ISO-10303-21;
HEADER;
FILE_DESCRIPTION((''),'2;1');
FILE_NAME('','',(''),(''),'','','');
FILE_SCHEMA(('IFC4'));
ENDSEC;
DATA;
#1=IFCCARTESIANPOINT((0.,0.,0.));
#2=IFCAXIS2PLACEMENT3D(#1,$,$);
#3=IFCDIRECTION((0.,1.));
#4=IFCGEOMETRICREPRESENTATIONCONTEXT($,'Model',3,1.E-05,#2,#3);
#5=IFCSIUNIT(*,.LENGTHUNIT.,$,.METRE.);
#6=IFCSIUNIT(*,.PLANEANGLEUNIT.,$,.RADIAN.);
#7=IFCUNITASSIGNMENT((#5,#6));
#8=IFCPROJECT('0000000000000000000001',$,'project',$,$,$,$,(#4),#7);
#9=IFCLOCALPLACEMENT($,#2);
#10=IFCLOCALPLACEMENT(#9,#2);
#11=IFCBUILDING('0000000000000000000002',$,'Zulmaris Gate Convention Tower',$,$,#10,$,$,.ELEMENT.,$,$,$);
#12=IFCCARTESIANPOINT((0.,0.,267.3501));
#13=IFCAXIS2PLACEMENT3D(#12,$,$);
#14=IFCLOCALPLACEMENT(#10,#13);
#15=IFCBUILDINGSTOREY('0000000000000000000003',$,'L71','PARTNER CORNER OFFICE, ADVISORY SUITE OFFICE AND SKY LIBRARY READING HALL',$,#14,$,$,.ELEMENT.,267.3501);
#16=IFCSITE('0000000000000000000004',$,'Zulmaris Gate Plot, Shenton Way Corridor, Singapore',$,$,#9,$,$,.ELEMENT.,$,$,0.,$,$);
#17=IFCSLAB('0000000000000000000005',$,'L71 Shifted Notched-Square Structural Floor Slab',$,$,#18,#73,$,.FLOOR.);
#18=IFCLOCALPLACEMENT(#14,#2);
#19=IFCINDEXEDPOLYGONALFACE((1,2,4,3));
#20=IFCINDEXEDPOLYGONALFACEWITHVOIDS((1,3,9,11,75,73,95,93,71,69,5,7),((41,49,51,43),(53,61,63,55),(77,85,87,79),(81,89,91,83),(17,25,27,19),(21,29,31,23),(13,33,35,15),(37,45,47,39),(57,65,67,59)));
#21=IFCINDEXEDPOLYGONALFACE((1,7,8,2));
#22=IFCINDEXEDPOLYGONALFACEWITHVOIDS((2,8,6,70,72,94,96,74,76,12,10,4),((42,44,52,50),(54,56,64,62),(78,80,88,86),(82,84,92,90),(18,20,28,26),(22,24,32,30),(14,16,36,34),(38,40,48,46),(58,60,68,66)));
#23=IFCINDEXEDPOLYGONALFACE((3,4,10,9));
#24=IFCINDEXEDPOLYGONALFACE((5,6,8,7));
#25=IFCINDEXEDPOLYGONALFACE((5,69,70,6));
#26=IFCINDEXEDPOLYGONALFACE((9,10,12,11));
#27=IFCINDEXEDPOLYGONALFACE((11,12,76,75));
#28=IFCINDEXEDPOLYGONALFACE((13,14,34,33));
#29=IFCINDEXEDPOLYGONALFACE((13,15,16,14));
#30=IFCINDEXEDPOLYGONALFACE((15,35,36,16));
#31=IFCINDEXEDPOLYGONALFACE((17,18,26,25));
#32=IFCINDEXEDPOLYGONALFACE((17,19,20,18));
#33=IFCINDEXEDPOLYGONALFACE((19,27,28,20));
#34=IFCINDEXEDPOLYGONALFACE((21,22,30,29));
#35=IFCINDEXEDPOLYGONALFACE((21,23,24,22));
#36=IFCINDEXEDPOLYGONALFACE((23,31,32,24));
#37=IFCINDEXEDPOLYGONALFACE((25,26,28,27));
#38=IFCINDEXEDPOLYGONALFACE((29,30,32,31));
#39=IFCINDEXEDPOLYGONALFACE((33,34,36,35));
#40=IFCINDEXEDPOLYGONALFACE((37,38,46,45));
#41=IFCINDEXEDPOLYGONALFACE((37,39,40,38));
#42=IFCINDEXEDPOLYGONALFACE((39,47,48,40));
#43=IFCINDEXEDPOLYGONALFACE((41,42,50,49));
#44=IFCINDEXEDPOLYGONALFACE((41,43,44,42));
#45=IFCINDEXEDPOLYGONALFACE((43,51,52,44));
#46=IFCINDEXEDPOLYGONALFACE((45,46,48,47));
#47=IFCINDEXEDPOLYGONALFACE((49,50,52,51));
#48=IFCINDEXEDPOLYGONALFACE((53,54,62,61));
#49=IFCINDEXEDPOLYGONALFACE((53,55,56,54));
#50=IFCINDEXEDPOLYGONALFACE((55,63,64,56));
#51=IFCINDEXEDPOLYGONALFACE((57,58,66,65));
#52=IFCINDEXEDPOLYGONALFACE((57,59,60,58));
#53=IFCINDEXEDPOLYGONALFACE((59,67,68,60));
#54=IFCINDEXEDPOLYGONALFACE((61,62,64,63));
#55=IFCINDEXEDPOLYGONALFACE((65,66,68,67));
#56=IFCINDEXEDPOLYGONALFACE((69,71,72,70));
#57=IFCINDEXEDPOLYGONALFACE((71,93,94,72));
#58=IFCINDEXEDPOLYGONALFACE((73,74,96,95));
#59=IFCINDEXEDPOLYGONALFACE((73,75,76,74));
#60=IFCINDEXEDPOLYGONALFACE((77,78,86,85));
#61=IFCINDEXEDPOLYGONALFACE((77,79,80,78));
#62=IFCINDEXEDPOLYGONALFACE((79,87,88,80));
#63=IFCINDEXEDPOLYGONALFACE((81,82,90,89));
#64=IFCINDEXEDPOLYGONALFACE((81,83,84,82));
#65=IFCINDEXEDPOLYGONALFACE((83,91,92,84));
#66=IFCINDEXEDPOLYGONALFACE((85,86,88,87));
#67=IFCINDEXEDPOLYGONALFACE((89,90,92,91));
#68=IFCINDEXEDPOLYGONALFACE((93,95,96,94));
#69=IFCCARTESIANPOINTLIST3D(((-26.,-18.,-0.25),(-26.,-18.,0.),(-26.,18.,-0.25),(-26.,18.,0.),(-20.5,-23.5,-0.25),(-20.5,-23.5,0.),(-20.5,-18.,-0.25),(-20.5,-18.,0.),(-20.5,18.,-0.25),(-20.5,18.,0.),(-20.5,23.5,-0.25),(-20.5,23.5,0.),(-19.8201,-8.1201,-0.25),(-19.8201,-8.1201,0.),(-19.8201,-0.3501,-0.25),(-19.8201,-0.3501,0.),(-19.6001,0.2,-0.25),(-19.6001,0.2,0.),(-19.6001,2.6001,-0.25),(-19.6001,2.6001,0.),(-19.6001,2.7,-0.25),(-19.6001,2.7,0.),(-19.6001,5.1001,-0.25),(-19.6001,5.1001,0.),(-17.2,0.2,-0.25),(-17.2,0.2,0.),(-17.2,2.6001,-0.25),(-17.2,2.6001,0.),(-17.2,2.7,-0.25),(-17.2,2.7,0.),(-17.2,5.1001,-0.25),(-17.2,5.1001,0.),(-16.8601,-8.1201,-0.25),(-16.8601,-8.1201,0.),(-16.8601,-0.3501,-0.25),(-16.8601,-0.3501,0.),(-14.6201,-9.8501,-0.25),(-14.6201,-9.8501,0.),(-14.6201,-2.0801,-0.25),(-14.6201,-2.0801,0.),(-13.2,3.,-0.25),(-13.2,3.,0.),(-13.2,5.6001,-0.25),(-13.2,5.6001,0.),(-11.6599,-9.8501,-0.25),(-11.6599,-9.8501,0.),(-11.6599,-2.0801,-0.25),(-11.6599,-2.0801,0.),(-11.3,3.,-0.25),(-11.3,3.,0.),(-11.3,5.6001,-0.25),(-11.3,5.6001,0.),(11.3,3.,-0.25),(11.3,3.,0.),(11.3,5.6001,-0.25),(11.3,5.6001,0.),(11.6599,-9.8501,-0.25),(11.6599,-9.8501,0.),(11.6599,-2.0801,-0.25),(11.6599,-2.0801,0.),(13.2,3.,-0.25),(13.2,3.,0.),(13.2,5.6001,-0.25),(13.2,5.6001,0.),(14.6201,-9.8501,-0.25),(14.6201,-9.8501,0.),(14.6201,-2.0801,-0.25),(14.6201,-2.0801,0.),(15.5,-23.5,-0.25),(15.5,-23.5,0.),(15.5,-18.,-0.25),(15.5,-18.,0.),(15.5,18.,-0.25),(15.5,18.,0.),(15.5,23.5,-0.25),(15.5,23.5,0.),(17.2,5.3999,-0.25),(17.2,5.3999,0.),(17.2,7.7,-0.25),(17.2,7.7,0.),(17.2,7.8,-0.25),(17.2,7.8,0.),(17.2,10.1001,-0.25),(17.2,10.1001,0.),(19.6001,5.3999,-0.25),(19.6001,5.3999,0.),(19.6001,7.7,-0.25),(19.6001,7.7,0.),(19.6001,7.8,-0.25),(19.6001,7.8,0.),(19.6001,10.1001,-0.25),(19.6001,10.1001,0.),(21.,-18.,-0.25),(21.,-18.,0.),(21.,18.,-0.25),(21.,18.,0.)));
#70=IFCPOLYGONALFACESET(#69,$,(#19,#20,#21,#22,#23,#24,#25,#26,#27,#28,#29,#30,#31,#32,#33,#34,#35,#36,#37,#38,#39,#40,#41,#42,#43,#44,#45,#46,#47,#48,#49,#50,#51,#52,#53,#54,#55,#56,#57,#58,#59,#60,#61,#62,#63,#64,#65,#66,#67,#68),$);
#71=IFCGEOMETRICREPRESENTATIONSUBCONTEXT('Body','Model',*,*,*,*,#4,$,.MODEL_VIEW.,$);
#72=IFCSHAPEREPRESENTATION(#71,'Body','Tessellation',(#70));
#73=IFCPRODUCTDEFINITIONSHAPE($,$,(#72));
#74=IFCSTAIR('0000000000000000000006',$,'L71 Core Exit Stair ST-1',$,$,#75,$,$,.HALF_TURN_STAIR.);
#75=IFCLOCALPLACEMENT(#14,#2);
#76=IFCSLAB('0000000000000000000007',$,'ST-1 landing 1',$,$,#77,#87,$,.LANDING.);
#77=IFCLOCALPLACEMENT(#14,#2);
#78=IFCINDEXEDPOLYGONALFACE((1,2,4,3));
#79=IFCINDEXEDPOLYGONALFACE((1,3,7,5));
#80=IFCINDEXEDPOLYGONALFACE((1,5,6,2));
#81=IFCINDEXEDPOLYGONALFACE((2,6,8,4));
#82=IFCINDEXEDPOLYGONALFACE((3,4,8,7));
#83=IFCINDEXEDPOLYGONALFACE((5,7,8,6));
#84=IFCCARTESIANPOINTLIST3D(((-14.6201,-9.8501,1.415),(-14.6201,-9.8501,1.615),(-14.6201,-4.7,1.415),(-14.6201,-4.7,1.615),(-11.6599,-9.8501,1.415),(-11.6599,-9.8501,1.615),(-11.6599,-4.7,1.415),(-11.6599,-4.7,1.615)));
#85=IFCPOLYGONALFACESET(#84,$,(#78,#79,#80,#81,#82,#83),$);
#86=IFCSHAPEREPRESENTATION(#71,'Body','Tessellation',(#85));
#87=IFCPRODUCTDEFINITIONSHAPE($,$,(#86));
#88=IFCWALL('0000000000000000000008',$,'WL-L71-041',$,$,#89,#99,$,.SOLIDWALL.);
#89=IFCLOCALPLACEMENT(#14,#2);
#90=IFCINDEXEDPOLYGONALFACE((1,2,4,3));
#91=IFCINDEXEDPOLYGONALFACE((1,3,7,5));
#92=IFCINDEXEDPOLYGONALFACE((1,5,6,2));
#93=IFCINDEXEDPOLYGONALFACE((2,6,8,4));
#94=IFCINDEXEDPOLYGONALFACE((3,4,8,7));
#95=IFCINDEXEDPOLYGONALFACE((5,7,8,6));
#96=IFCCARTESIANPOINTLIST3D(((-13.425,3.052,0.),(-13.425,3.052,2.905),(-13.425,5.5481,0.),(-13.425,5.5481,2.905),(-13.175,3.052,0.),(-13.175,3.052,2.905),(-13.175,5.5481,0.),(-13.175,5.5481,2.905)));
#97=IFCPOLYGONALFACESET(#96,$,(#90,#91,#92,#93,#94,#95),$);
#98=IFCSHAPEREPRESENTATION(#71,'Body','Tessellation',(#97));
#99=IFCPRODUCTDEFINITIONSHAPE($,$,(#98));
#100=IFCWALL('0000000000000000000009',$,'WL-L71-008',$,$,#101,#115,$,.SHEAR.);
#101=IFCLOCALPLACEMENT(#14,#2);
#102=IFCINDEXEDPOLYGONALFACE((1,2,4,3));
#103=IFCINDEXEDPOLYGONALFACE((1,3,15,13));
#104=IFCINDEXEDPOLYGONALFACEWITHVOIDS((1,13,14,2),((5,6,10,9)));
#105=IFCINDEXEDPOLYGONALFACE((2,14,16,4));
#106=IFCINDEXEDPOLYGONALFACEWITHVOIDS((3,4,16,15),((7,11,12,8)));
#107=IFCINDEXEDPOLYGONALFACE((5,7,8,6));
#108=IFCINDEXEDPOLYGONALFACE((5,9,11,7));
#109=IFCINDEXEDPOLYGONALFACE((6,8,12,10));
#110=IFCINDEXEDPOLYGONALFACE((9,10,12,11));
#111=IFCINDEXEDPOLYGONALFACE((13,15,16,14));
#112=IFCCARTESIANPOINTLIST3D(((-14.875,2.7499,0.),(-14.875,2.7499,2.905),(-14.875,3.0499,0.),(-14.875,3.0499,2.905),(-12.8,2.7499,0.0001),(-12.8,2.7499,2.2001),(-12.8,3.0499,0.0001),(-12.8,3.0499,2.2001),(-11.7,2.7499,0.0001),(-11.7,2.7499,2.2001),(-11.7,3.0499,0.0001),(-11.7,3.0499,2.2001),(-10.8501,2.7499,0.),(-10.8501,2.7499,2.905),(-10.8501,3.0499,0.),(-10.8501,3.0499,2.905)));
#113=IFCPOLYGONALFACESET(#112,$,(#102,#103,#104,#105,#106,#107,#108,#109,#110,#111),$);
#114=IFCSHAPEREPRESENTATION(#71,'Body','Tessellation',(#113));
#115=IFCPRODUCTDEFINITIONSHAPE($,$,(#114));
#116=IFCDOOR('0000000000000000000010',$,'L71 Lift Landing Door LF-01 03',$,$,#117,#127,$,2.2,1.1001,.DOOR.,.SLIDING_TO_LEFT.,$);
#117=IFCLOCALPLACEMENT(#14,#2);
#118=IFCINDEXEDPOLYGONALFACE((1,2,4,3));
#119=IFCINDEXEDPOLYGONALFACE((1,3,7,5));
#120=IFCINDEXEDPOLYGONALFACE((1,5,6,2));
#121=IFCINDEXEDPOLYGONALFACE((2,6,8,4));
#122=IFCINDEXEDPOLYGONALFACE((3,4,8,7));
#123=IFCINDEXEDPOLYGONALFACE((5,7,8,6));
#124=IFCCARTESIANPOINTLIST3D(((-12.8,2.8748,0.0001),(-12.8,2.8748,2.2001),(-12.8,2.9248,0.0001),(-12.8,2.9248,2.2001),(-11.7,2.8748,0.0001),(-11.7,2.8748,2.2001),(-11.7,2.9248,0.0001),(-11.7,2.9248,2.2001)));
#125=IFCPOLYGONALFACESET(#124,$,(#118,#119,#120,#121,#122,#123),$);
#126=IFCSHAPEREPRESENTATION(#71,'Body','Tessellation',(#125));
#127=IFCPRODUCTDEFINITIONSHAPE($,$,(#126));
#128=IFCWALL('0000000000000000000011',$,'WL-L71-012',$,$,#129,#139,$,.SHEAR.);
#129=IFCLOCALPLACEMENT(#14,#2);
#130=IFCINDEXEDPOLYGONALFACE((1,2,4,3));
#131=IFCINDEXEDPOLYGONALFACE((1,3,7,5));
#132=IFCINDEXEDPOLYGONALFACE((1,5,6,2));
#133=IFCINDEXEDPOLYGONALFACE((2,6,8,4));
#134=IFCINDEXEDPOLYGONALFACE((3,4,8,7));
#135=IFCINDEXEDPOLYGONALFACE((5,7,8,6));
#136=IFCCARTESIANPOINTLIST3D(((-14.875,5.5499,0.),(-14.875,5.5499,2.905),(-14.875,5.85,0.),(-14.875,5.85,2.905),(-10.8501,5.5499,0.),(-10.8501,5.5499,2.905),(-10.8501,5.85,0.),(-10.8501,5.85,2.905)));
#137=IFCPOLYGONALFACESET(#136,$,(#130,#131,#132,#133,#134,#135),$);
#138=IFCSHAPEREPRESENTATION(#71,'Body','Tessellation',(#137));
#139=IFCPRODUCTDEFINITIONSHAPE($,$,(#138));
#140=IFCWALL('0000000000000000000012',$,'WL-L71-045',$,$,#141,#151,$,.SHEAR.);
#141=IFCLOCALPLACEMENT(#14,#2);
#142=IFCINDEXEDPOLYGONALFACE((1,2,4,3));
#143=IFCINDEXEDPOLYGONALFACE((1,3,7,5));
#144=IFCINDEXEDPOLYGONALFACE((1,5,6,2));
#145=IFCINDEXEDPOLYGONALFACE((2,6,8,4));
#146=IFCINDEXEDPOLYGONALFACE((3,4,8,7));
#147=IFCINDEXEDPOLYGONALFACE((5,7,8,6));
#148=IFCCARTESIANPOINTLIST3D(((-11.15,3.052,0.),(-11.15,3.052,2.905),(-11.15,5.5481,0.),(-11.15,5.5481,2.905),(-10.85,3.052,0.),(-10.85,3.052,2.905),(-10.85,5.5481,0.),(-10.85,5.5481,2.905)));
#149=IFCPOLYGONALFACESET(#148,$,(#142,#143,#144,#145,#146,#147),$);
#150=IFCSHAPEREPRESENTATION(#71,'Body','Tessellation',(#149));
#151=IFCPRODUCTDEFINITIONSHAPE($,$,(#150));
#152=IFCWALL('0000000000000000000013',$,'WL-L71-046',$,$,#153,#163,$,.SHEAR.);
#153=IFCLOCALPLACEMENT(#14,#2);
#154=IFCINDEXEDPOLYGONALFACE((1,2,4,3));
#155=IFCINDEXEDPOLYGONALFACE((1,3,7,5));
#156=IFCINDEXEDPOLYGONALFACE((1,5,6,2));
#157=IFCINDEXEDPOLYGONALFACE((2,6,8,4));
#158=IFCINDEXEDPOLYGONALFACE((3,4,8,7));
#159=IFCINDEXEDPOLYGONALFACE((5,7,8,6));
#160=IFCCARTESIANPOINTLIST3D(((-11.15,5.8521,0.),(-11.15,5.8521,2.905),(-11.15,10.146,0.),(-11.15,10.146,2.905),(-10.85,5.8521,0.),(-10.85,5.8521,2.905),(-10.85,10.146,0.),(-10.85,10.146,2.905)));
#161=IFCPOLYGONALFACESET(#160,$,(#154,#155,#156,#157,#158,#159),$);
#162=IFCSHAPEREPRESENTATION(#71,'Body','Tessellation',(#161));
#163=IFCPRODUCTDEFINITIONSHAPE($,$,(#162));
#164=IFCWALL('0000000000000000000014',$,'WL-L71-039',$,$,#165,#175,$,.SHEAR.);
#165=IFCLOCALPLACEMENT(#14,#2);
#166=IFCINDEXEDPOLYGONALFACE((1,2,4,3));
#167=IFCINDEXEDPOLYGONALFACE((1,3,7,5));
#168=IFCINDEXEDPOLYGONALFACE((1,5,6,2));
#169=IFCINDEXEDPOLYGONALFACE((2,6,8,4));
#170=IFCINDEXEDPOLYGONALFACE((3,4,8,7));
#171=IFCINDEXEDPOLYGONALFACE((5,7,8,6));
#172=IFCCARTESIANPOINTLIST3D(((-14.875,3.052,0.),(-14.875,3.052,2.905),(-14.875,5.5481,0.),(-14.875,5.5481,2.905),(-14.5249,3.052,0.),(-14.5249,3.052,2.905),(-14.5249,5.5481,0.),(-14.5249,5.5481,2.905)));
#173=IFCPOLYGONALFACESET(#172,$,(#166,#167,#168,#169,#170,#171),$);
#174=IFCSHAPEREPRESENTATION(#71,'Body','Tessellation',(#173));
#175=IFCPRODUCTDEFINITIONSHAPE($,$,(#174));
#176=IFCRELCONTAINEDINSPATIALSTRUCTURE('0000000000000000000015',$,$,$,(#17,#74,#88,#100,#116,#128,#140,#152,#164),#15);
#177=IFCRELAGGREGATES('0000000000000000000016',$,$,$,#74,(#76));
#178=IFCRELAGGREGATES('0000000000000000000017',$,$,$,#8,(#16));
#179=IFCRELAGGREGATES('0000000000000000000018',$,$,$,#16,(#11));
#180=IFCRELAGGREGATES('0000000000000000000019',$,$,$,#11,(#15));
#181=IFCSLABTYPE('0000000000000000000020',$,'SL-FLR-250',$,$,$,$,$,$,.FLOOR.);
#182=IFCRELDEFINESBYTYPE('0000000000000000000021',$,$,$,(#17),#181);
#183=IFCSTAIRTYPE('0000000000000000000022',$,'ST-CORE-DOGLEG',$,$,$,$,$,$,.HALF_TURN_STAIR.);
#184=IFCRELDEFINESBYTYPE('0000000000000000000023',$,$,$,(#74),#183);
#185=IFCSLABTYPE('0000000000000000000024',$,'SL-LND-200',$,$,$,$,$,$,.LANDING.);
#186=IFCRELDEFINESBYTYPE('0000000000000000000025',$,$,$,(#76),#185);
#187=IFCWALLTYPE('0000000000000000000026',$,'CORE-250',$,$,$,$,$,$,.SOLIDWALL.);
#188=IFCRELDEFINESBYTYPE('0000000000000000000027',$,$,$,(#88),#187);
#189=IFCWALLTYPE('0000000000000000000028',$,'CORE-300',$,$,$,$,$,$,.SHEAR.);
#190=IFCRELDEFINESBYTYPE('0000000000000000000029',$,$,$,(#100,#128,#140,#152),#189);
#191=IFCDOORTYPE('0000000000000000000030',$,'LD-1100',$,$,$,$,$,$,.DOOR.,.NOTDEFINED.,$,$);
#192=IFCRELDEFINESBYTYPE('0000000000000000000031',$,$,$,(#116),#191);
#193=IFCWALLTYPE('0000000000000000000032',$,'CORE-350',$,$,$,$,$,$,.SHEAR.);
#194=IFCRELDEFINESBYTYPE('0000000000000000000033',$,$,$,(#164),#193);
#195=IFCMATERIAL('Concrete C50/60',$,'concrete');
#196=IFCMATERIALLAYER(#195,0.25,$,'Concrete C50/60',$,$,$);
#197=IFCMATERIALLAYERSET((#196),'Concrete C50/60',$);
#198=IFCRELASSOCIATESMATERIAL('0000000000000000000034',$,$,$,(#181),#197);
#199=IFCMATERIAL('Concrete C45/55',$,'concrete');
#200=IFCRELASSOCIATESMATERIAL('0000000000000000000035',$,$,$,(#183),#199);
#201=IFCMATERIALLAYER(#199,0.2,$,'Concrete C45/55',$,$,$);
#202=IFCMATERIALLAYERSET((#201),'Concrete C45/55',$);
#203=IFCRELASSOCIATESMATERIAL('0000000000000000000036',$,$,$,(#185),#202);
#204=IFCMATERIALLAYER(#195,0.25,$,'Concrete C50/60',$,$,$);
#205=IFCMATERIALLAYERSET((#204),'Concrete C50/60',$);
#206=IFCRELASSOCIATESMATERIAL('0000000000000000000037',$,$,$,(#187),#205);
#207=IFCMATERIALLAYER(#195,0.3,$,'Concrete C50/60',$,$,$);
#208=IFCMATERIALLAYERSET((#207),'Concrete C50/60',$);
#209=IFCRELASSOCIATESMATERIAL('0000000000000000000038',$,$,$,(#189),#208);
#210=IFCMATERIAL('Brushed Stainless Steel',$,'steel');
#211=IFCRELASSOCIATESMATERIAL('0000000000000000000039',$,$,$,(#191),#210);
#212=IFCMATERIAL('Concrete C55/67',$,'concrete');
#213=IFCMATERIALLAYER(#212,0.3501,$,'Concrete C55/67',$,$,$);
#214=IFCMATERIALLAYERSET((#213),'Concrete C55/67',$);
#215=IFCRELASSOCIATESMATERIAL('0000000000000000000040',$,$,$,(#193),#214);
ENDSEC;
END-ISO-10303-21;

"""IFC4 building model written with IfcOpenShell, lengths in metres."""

from ifc_helpers import new_model, si_unit, direction, frame, frame_2d, origin, place, context, subcontext, project, spatial, polyline, rectangle, outline, extrude, material, layer, layer_set, type_object, element, fill, aggregate, save


model = new_model("IFC4")

# Units and contexts
model_context = context("Model", 3, precision=1e-05, world=origin(), true_north=direction((0.0, 1.0)))
body_context = subcontext(model_context, "Body", "Model", "MODEL_VIEW")
ifc_project = project(units=[si_unit("LENGTHUNIT", "METRE"), si_unit("PLANEANGLEUNIT", "RADIAN")], contexts=[model_context])

# Site, building, storey
site_placement = place(None, origin())
site = spatial("IfcSite", under=ifc_project, at=site_placement, Name="Zulmaris Gate Plot, Shenton Way Corridor, Singapore", CompositionType="ELEMENT", RefElevation=0.0)
building_placement = place(site_placement, origin())
building = spatial("IfcBuilding", under=site, at=building_placement, Name="Zulmaris Gate Convention Tower", CompositionType="ELEMENT")
storey_placement = place(building_placement, frame((0.0, 0.0, 267.3501)))
storey = spatial("IfcBuildingStorey", under=building, at=storey_placement, Name="L71", Description="PARTNER CORNER OFFICE, ADVISORY SUITE OFFICE AND SKY LIBRARY READING HALL", CompositionType="ELEMENT", Elevation=267.3501)

# Shared definitions
ifc_material_1 = material(Name="Concrete C50/60", Category="concrete")

# Slab
ifc_layer_1 = layer(ifc_material_1, 0.25, Name="Concrete C50/60")
ifc_layer_set_1 = layer_set([ifc_layer_1], Name="Concrete C50/60")
slab_type_1 = type_object("IfcSlabType", Name="SL-FLR-250", PredefinedType="FLOOR", material=ifc_layer_set_1)
slab_1_placement = place(storey_placement, frame((0.0, 0.0, -0.25)))
element("IfcSlab", 1, at=slab_1_placement, inside=storey, type_object=slab_type_1, Name="L71 Shifted Notched-Square Structural Floor Slab", PredefinedType="FLOOR", context=body_context, shape_type="SweptSolid", body=[
    extrude(outline(polyline([(-20.5, -23.5), (15.5, -23.5), (15.5, -18.0), (21.0, -18.0), (21.0, 18.0), (15.5, 18.0), (15.5, 23.5), (-20.5, 23.5), (-20.5, 18.0), (-26.0, 18.0), (-26.0, -18.0), (-20.5, -18.0), (-20.5, -23.5)]), holes=[polyline([(-14.6201, -2.0801), (-14.6201, -9.8501), (-11.6599, -9.8501), (-11.6599, -2.0801), (-14.6201, -2.0801)]), polyline([(11.6599, -2.0801), (11.6599, -9.8501), (14.6201, -9.8501), (14.6201, -2.0801), (11.6599, -2.0801)]), polyline([(-16.8601, -8.1201), (-16.8601, -0.3501), (-19.8201, -0.3501), (-19.8201, -8.1201), (-16.8601, -8.1201)]), polyline([(-13.2, 3.0), (-11.3, 3.0), (-11.3, 5.6001), (-13.2, 5.6001), (-13.2, 3.0)]), polyline([(11.3, 3.0), (13.2, 3.0), (13.2, 5.6001), (11.3, 5.6001), (11.3, 3.0)]), polyline([(17.2, 5.3999), (19.6001, 5.3999), (19.6001, 7.7), (17.2, 7.7), (17.2, 5.3999)]), polyline([(17.2, 7.8), (19.6001, 7.8), (19.6001, 10.1001), (17.2, 10.1001), (17.2, 7.8)]), polyline([(-19.6001, 0.2), (-17.2, 0.2), (-17.2, 2.6001), (-19.6001, 2.6001), (-19.6001, 0.2)]), polyline([(-19.6001, 2.7), (-17.2, 2.7), (-17.2, 5.1001), (-19.6001, 5.1001), (-19.6001, 2.7)])]), origin(), (0.0, 0.0, 1.0), 0.25),
])

# Stair, slab
ifc_material_2 = material(Name="Concrete C45/55", Category="concrete")
stair_type = type_object("IfcStairType", Name="ST-CORE-DOGLEG", PredefinedType="HALF_TURN_STAIR", material=ifc_material_2)
stair_placement = place(storey_placement, origin())
stair = element("IfcStair", 2, at=stair_placement, inside=storey, type_object=stair_type, Name="L71 Core Exit Stair ST-1", PredefinedType="HALF_TURN_STAIR")
ifc_layer_2 = layer(ifc_material_2, 0.2, Name="Concrete C45/55")
ifc_layer_set_2 = layer_set([ifc_layer_2], Name="Concrete C45/55")
slab_type_2 = type_object("IfcSlabType", Name="SL-LND-200", PredefinedType="LANDING", material=ifc_layer_set_2)
slab_2_placement = place(storey_placement, frame((0.0, 0.0, 1.415)))
slab_2 = element("IfcSlab", 3, at=slab_2_placement, type_object=slab_type_2, Name="ST-1 landing 1", PredefinedType="LANDING", context=body_context, shape_type="SweptSolid", body=[
    extrude(outline(polyline([(-14.6201, -4.7), (-14.6201, -9.8501), (-11.6599, -9.8501), (-11.6599, -4.7), (-14.6201, -4.7)])), origin(), (0.0, 0.0, 1.0), 0.2),
])
aggregate(stair, [slab_2])

# Wall
ifc_layer_3 = layer(ifc_material_1, 0.25, Name="Concrete C50/60")
ifc_layer_set_3 = layer_set([ifc_layer_3], Name="Concrete C50/60")
wall_type_1 = type_object("IfcWallType", Name="CORE-250", PredefinedType="SOLIDWALL", material=ifc_layer_set_3)
wall_1_placement = place(storey_placement, frame((-13.3, 3.052, 0.0), z_axis=(0.0, 0.0, 1.0), x_axis=(0.0, 1.0, 0.0)))
element("IfcWall", 4, at=wall_1_placement, inside=storey, type_object=wall_type_1, Name="WL-L71-041", PredefinedType="SOLIDWALL", context=body_context, shape_type="SweptSolid", body=[
    extrude(rectangle(XDim=2.4961, YDim=0.25, at=frame_2d((1.248, 0.0))), origin(), (0.0, 0.0, 1.0), 2.905),
])

# Wall, opening, door
ifc_layer_4 = layer(ifc_material_1, 0.3, Name="Concrete C50/60")
ifc_layer_set_4 = layer_set([ifc_layer_4], Name="Concrete C50/60")
wall_type_2 = type_object("IfcWallType", Name="CORE-300", PredefinedType="SHEAR", material=ifc_layer_set_4)
wall_2_placement = place(storey_placement, frame((-14.875, 2.8999, 0.0), z_axis=(0.0, 0.0, 1.0), x_axis=(1.0, 0.0, 0.0)))
wall_2 = element("IfcWall", 5, at=wall_2_placement, inside=storey, type_object=wall_type_2, Name="WL-L71-008", PredefinedType="SHEAR", context=body_context, shape_type="SweptSolid", body=[
    extrude(rectangle(XDim=4.0249, YDim=0.3, at=frame_2d((2.0125, 0.0))), origin(), (0.0, 0.0, 1.0), 2.905),
])
opening_1_placement = place(wall_2_placement, frame((2.075, 0.0, 0.0)))
opening_1 = element("IfcOpeningElement", 6, at=opening_1_placement, cuts=wall_2, PredefinedType="OPENING", context=body_context, shape_type="SweptSolid", body=[
    extrude(rectangle(XDim=1.1001, YDim=2.2, at=frame_2d((0.55, 1.1001))), frame((0.0, 0.1602, 0.0), z_axis=(0.0, -1.0, 0.0), x_axis=(1.0, 0.0, 0.0)), (0.0, 0.0, 1.0), 0.3201),
])
ifc_material_3 = material(Name="Brushed Stainless Steel", Category="steel")
door_type_1 = type_object("IfcDoorType", Name="LD-1100", OperationType="NOTDEFINED", PredefinedType="DOOR", material=ifc_material_3)
door_1_placement = place(opening_1_placement, origin())
door_1 = element("IfcDoor", 7, at=door_1_placement, inside=storey, type_object=door_type_1, Name="L71 Lift Landing Door LF-01 03", OperationType="SLIDING_TO_LEFT", OverallHeight=2.2, OverallWidth=1.1001, PredefinedType="DOOR", context=body_context, shape_type="SweptSolid", body=[
    extrude(rectangle(XDim=1.1001, YDim=2.2, at=frame_2d((0.55, 1.1001))), frame((0.0, 0.0249, 0.0), z_axis=(0.0, -1.0, 0.0), x_axis=(1.0, 0.0, 0.0)), (0.0, 0.0, 1.0), 0.05),
])
fill(opening_1, door_1)

# Wall
wall_3_placement = place(storey_placement, frame((-14.875, 5.7, 0.0), z_axis=(0.0, 0.0, 1.0), x_axis=(1.0, 0.0, 0.0)))
element("IfcWall", 8, at=wall_3_placement, inside=storey, type_object=wall_type_2, Name="WL-L71-012", PredefinedType="SHEAR", context=body_context, shape_type="SweptSolid", body=[
    extrude(rectangle(XDim=4.0249, YDim=0.3, at=frame_2d((2.0125, 0.0))), origin(), (0.0, 0.0, 1.0), 2.905),
])

# Walls
wall_4_placement = place(storey_placement, frame((-11.0, 3.052, 0.0), z_axis=(0.0, 0.0, 1.0), x_axis=(0.0, 1.0, 0.0)))
element("IfcWall", 9, at=wall_4_placement, inside=storey, type_object=wall_type_2, Name="WL-L71-045", PredefinedType="SHEAR", context=body_context, shape_type="SweptSolid", body=[
    extrude(rectangle(XDim=2.4961, YDim=0.3, at=frame_2d((1.248, 0.0))), origin(), (0.0, 0.0, 1.0), 2.905),
])
wall_5_placement = place(storey_placement, frame((-11.0, 5.8521, 0.0), z_axis=(0.0, 0.0, 1.0), x_axis=(0.0, 1.0, 0.0)))
element("IfcWall", 10, at=wall_5_placement, inside=storey, type_object=wall_type_2, Name="WL-L71-046", PredefinedType="SHEAR", context=body_context, shape_type="SweptSolid", body=[
    extrude(rectangle(XDim=4.2939, YDim=0.3, at=frame_2d((2.147, 0.0))), origin(), (0.0, 0.0, 1.0), 2.905),
])
ifc_material_4 = material(Name="Concrete C55/67", Category="concrete")
ifc_layer_5 = layer(ifc_material_4, 0.3501, Name="Concrete C55/67")
ifc_layer_set_5 = layer_set([ifc_layer_5], Name="Concrete C55/67")
wall_type_3 = type_object("IfcWallType", Name="CORE-350", PredefinedType="SHEAR", material=ifc_layer_set_5)
wall_6_placement = place(storey_placement, frame((-14.7, 3.052, 0.0), z_axis=(0.0, 0.0, 1.0), x_axis=(0.0, 1.0, 0.0)))
element("IfcWall", 11, at=wall_6_placement, inside=storey, type_object=wall_type_3, Name="WL-L71-039", PredefinedType="SHEAR", context=body_context, shape_type="SweptSolid", body=[
    extrude(rectangle(XDim=2.4961, YDim=0.3501, at=frame_2d((1.248, 0.0))), origin(), (0.0, 0.0, 1.0), 2.905),
])

save(model, "model.ifc")
